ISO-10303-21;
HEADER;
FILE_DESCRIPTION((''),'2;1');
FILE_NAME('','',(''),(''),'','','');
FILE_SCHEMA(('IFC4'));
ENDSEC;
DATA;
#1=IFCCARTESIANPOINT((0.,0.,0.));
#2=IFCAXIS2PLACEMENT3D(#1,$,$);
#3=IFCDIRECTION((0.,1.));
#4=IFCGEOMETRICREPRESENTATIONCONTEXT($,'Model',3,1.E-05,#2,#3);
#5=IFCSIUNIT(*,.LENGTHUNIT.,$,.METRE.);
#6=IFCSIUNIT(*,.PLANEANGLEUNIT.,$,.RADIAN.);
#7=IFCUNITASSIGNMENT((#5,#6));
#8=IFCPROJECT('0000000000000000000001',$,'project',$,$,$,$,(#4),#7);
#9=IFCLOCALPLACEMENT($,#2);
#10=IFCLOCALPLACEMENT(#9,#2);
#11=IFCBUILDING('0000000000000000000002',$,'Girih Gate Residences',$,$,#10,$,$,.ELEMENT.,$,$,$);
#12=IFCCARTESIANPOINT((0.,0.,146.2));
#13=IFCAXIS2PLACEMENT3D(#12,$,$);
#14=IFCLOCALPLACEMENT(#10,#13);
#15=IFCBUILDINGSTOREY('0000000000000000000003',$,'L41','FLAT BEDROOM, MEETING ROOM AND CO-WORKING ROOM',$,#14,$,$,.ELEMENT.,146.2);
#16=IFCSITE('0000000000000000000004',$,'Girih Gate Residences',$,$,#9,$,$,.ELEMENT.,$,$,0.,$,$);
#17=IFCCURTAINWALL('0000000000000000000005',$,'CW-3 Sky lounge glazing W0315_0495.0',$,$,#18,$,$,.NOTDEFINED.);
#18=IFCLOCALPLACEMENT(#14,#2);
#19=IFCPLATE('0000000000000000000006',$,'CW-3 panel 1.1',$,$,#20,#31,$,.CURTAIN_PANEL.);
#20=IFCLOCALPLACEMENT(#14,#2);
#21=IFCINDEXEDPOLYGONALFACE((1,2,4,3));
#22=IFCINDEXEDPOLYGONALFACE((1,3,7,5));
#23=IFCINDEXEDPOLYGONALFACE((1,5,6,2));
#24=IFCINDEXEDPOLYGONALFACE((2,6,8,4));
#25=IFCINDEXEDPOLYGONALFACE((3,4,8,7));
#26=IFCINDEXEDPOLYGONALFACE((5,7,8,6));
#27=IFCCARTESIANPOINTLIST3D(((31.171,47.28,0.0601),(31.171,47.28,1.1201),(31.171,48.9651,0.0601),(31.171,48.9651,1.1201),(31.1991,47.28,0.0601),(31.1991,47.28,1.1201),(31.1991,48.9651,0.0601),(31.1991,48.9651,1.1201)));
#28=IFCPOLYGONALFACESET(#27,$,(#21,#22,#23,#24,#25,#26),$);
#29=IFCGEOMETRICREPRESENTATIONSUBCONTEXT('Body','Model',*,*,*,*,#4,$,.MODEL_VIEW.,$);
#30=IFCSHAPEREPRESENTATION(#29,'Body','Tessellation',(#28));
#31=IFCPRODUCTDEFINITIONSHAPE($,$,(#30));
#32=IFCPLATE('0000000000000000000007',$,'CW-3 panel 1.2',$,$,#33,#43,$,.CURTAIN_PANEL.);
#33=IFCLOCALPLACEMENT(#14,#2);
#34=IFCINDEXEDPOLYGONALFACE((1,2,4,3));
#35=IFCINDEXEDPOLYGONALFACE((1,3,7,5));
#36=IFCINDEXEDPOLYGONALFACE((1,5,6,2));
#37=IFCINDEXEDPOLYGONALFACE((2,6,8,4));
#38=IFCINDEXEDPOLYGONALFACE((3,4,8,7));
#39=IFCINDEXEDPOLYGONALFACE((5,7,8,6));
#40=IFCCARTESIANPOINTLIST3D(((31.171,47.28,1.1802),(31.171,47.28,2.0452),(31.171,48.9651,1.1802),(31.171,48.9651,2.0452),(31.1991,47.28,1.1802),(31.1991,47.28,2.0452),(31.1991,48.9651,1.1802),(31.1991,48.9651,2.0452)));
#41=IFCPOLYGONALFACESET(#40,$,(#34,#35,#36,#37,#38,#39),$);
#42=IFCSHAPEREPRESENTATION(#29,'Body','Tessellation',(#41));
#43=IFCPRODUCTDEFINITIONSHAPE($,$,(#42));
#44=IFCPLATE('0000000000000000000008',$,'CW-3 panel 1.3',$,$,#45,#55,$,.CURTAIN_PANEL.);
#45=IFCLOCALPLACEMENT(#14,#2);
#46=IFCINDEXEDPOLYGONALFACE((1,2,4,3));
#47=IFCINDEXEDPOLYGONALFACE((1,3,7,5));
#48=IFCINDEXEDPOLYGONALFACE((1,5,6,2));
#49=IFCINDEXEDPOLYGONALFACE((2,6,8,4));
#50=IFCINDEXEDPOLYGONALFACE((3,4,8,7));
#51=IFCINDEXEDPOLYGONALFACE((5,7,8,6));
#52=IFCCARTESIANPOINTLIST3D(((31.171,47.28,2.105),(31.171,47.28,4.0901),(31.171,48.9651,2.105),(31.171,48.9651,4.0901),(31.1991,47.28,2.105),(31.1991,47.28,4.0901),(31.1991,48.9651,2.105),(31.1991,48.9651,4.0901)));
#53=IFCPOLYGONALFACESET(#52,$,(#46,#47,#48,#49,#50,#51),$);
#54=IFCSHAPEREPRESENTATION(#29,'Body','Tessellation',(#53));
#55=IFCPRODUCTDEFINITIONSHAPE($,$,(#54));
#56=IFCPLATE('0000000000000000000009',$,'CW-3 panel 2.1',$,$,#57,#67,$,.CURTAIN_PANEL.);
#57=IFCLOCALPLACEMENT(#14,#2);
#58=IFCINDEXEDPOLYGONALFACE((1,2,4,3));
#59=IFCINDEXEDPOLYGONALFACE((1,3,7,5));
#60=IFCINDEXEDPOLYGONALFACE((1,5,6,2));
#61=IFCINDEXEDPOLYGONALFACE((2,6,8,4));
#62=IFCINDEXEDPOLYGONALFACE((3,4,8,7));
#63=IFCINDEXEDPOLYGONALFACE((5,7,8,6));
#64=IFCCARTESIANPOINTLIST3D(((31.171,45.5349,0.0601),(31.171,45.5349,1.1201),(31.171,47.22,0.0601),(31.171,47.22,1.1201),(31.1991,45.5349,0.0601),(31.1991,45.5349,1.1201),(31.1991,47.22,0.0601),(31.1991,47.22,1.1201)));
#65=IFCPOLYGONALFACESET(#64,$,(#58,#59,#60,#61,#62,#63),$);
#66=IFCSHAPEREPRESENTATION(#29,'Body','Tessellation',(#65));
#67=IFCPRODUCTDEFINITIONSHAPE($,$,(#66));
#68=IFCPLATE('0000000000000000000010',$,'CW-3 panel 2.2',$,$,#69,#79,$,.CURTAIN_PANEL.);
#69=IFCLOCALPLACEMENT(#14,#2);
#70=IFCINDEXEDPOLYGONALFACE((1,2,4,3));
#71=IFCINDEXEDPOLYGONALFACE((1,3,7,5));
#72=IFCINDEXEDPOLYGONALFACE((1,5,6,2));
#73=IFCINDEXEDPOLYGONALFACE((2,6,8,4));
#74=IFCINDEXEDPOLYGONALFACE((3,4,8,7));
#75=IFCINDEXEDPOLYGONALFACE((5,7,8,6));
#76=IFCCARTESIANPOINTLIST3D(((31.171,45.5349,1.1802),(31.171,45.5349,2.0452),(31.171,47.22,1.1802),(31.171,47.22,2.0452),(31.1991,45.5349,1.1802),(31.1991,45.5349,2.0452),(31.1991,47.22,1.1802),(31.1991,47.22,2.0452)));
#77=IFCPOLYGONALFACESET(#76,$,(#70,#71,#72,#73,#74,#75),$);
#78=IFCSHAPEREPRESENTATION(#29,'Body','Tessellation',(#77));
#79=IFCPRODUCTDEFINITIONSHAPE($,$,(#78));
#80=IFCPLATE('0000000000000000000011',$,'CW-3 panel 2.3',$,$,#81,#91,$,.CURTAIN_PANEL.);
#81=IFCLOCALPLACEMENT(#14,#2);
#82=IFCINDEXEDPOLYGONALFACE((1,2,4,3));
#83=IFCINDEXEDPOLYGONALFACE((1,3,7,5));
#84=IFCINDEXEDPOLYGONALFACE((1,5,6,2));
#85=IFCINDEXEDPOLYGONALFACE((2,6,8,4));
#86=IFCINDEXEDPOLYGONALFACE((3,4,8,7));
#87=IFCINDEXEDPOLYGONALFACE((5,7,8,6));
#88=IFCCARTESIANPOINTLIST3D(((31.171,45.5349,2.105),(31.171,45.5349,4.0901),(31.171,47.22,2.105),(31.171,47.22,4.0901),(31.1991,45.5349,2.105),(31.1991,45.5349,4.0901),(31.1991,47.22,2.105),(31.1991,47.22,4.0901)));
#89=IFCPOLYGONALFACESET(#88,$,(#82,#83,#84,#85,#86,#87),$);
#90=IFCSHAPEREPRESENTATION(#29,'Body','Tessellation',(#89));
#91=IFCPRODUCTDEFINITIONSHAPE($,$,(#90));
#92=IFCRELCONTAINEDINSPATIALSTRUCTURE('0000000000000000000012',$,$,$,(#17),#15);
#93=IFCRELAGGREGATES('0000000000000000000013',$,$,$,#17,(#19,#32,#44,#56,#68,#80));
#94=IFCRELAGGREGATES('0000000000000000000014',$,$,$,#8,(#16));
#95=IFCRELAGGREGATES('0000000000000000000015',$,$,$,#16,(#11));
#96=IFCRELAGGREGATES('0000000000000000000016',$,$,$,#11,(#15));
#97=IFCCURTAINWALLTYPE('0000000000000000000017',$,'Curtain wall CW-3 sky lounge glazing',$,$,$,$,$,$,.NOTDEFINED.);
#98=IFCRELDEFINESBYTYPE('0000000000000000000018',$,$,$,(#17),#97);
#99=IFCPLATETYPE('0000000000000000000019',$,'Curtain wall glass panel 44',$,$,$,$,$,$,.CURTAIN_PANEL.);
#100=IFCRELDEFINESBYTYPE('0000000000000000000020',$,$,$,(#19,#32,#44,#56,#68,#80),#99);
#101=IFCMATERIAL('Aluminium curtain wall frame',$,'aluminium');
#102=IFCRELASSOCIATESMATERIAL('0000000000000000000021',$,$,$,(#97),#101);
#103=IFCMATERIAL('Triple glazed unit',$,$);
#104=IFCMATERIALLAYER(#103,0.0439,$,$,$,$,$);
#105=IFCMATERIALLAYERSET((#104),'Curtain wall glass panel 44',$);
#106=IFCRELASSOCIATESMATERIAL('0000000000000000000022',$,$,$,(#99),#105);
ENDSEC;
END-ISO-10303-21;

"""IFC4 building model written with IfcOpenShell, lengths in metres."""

from ifc_helpers import new_model, si_unit, direction, frame, origin, origin_2d, place, context, subcontext, project, spatial, rectangle, extrude, material, layer, layer_set, type_object, element, aggregate, save


model = new_model("IFC4")

# Units and contexts
model_context = context("Model", 3, precision=1e-05, world=origin(), true_north=direction((0.0, 1.0)))
body_context = subcontext(model_context, "Body", "Model", "MODEL_VIEW")
ifc_project = project(units=[si_unit("LENGTHUNIT", "METRE"), si_unit("PLANEANGLEUNIT", "RADIAN")], contexts=[model_context])

# Site, building, storey
site_placement = place(None, origin())
site = spatial("IfcSite", under=ifc_project, at=site_placement, Name="Girih Gate Residences", CompositionType="ELEMENT", RefElevation=0.0)
building_placement = place(site_placement, origin())
building = spatial("IfcBuilding", under=site, at=building_placement, Name="Girih Gate Residences", CompositionType="ELEMENT")
storey_placement = place(building_placement, frame((0.0, 0.0, 146.2)))
storey = spatial("IfcBuildingStorey", under=building, at=storey_placement, Name="L41", Description="FLAT BEDROOM, MEETING ROOM AND CO-WORKING ROOM", CompositionType="ELEMENT", Elevation=146.2)

# Curtain wall
ifc_material_1 = material(Name="Aluminium curtain wall frame", Category="aluminium")
curtain_wall_type = type_object("IfcCurtainWallType", Name="Curtain wall CW-3 sky lounge glazing", PredefinedType="NOTDEFINED", material=ifc_material_1)
curtain_wall_1_placement = place(storey_placement, origin())
curtain_wall_1 = element("IfcCurtainWall", 1, at=curtain_wall_1_placement, inside=storey, type_object=curtain_wall_type, Name="CW-3 Sky lounge glazing W0315_0495.0", PredefinedType="NOTDEFINED")

# Plates
ifc_material_2 = material(Name="Triple glazed unit")
ifc_layer = layer(ifc_material_2, 0.0439)
ifc_layer_set = layer_set([ifc_layer], Name="Curtain wall glass panel 44")
plate_type = type_object("IfcPlateType", Name="Curtain wall glass panel 44", PredefinedType="CURTAIN_PANEL", material=ifc_layer_set)
plate_1_placement = place(storey_placement, frame((31.1851, 48.1226, 0.0601), z_axis=(0.0, 0.0, 1.0), x_axis=(0.0, -1.0, 0.0)))
plate_1 = element("IfcPlate", 2, at=plate_1_placement, type_object=plate_type, Name="CW-3 panel 1.1", PredefinedType="CURTAIN_PANEL", context=body_context, shape_type="SweptSolid", body=[
    extrude(rectangle(XDim=1.6851, YDim=0.0281, at=origin_2d()), origin(), (0.0, 0.0, 1.0), 1.0601),
])
plate_2_placement = place(storey_placement, frame((31.1851, 48.1226, 1.1802), z_axis=(0.0, 0.0, 1.0), x_axis=(0.0, -1.0, 0.0)))
plate_2 = element("IfcPlate", 3, at=plate_2_placement, type_object=plate_type, Name="CW-3 panel 1.2", PredefinedType="CURTAIN_PANEL", context=body_context, shape_type="SweptSolid", body=[
    extrude(rectangle(XDim=1.6851, YDim=0.0281, at=origin_2d()), origin(), (0.0, 0.0, 1.0), 0.865),
])
plate_3_placement = place(storey_placement, frame((31.1851, 48.1226, 2.105), z_axis=(0.0, 0.0, 1.0), x_axis=(0.0, -1.0, 0.0)))
plate_3 = element("IfcPlate", 4, at=plate_3_placement, type_object=plate_type, Name="CW-3 panel 1.3", PredefinedType="CURTAIN_PANEL", context=body_context, shape_type="SweptSolid", body=[
    extrude(rectangle(XDim=1.6851, YDim=0.0281, at=origin_2d()), origin(), (0.0, 0.0, 1.0), 1.9851),
])
plate_4_placement = place(storey_placement, frame((31.1851, 46.3774, 0.0601), z_axis=(0.0, 0.0, 1.0), x_axis=(0.0, -1.0, 0.0)))
plate_4 = element("IfcPlate", 5, at=plate_4_placement, type_object=plate_type, Name="CW-3 panel 2.1", PredefinedType="CURTAIN_PANEL", context=body_context, shape_type="SweptSolid", body=[
    extrude(rectangle(XDim=1.6851, YDim=0.0281, at=origin_2d()), origin(), (0.0, 0.0, 1.0), 1.0601),
])
plate_5_placement = place(storey_placement, frame((31.1851, 46.3774, 1.1802), z_axis=(0.0, 0.0, 1.0), x_axis=(0.0, -1.0, 0.0)))
plate_5 = element("IfcPlate", 6, at=plate_5_placement, type_object=plate_type, Name="CW-3 panel 2.2", PredefinedType="CURTAIN_PANEL", context=body_context, shape_type="SweptSolid", body=[
    extrude(rectangle(XDim=1.6851, YDim=0.0281, at=origin_2d()), origin(), (0.0, 0.0, 1.0), 0.865),
])
plate_6_placement = place(storey_placement, frame((31.1851, 46.3774, 2.105), z_axis=(0.0, 0.0, 1.0), x_axis=(0.0, -1.0, 0.0)))
plate_6 = element("IfcPlate", 7, at=plate_6_placement, type_object=plate_type, Name="CW-3 panel 2.3", PredefinedType="CURTAIN_PANEL", context=body_context, shape_type="SweptSolid", body=[
    extrude(rectangle(XDim=1.6851, YDim=0.0281, at=origin_2d()), origin(), (0.0, 0.0, 1.0), 1.9851),
])
aggregate(curtain_wall_1, [plate_1, plate_2, plate_3, plate_4, plate_5, plate_6])

save(model, "model.ifc")
